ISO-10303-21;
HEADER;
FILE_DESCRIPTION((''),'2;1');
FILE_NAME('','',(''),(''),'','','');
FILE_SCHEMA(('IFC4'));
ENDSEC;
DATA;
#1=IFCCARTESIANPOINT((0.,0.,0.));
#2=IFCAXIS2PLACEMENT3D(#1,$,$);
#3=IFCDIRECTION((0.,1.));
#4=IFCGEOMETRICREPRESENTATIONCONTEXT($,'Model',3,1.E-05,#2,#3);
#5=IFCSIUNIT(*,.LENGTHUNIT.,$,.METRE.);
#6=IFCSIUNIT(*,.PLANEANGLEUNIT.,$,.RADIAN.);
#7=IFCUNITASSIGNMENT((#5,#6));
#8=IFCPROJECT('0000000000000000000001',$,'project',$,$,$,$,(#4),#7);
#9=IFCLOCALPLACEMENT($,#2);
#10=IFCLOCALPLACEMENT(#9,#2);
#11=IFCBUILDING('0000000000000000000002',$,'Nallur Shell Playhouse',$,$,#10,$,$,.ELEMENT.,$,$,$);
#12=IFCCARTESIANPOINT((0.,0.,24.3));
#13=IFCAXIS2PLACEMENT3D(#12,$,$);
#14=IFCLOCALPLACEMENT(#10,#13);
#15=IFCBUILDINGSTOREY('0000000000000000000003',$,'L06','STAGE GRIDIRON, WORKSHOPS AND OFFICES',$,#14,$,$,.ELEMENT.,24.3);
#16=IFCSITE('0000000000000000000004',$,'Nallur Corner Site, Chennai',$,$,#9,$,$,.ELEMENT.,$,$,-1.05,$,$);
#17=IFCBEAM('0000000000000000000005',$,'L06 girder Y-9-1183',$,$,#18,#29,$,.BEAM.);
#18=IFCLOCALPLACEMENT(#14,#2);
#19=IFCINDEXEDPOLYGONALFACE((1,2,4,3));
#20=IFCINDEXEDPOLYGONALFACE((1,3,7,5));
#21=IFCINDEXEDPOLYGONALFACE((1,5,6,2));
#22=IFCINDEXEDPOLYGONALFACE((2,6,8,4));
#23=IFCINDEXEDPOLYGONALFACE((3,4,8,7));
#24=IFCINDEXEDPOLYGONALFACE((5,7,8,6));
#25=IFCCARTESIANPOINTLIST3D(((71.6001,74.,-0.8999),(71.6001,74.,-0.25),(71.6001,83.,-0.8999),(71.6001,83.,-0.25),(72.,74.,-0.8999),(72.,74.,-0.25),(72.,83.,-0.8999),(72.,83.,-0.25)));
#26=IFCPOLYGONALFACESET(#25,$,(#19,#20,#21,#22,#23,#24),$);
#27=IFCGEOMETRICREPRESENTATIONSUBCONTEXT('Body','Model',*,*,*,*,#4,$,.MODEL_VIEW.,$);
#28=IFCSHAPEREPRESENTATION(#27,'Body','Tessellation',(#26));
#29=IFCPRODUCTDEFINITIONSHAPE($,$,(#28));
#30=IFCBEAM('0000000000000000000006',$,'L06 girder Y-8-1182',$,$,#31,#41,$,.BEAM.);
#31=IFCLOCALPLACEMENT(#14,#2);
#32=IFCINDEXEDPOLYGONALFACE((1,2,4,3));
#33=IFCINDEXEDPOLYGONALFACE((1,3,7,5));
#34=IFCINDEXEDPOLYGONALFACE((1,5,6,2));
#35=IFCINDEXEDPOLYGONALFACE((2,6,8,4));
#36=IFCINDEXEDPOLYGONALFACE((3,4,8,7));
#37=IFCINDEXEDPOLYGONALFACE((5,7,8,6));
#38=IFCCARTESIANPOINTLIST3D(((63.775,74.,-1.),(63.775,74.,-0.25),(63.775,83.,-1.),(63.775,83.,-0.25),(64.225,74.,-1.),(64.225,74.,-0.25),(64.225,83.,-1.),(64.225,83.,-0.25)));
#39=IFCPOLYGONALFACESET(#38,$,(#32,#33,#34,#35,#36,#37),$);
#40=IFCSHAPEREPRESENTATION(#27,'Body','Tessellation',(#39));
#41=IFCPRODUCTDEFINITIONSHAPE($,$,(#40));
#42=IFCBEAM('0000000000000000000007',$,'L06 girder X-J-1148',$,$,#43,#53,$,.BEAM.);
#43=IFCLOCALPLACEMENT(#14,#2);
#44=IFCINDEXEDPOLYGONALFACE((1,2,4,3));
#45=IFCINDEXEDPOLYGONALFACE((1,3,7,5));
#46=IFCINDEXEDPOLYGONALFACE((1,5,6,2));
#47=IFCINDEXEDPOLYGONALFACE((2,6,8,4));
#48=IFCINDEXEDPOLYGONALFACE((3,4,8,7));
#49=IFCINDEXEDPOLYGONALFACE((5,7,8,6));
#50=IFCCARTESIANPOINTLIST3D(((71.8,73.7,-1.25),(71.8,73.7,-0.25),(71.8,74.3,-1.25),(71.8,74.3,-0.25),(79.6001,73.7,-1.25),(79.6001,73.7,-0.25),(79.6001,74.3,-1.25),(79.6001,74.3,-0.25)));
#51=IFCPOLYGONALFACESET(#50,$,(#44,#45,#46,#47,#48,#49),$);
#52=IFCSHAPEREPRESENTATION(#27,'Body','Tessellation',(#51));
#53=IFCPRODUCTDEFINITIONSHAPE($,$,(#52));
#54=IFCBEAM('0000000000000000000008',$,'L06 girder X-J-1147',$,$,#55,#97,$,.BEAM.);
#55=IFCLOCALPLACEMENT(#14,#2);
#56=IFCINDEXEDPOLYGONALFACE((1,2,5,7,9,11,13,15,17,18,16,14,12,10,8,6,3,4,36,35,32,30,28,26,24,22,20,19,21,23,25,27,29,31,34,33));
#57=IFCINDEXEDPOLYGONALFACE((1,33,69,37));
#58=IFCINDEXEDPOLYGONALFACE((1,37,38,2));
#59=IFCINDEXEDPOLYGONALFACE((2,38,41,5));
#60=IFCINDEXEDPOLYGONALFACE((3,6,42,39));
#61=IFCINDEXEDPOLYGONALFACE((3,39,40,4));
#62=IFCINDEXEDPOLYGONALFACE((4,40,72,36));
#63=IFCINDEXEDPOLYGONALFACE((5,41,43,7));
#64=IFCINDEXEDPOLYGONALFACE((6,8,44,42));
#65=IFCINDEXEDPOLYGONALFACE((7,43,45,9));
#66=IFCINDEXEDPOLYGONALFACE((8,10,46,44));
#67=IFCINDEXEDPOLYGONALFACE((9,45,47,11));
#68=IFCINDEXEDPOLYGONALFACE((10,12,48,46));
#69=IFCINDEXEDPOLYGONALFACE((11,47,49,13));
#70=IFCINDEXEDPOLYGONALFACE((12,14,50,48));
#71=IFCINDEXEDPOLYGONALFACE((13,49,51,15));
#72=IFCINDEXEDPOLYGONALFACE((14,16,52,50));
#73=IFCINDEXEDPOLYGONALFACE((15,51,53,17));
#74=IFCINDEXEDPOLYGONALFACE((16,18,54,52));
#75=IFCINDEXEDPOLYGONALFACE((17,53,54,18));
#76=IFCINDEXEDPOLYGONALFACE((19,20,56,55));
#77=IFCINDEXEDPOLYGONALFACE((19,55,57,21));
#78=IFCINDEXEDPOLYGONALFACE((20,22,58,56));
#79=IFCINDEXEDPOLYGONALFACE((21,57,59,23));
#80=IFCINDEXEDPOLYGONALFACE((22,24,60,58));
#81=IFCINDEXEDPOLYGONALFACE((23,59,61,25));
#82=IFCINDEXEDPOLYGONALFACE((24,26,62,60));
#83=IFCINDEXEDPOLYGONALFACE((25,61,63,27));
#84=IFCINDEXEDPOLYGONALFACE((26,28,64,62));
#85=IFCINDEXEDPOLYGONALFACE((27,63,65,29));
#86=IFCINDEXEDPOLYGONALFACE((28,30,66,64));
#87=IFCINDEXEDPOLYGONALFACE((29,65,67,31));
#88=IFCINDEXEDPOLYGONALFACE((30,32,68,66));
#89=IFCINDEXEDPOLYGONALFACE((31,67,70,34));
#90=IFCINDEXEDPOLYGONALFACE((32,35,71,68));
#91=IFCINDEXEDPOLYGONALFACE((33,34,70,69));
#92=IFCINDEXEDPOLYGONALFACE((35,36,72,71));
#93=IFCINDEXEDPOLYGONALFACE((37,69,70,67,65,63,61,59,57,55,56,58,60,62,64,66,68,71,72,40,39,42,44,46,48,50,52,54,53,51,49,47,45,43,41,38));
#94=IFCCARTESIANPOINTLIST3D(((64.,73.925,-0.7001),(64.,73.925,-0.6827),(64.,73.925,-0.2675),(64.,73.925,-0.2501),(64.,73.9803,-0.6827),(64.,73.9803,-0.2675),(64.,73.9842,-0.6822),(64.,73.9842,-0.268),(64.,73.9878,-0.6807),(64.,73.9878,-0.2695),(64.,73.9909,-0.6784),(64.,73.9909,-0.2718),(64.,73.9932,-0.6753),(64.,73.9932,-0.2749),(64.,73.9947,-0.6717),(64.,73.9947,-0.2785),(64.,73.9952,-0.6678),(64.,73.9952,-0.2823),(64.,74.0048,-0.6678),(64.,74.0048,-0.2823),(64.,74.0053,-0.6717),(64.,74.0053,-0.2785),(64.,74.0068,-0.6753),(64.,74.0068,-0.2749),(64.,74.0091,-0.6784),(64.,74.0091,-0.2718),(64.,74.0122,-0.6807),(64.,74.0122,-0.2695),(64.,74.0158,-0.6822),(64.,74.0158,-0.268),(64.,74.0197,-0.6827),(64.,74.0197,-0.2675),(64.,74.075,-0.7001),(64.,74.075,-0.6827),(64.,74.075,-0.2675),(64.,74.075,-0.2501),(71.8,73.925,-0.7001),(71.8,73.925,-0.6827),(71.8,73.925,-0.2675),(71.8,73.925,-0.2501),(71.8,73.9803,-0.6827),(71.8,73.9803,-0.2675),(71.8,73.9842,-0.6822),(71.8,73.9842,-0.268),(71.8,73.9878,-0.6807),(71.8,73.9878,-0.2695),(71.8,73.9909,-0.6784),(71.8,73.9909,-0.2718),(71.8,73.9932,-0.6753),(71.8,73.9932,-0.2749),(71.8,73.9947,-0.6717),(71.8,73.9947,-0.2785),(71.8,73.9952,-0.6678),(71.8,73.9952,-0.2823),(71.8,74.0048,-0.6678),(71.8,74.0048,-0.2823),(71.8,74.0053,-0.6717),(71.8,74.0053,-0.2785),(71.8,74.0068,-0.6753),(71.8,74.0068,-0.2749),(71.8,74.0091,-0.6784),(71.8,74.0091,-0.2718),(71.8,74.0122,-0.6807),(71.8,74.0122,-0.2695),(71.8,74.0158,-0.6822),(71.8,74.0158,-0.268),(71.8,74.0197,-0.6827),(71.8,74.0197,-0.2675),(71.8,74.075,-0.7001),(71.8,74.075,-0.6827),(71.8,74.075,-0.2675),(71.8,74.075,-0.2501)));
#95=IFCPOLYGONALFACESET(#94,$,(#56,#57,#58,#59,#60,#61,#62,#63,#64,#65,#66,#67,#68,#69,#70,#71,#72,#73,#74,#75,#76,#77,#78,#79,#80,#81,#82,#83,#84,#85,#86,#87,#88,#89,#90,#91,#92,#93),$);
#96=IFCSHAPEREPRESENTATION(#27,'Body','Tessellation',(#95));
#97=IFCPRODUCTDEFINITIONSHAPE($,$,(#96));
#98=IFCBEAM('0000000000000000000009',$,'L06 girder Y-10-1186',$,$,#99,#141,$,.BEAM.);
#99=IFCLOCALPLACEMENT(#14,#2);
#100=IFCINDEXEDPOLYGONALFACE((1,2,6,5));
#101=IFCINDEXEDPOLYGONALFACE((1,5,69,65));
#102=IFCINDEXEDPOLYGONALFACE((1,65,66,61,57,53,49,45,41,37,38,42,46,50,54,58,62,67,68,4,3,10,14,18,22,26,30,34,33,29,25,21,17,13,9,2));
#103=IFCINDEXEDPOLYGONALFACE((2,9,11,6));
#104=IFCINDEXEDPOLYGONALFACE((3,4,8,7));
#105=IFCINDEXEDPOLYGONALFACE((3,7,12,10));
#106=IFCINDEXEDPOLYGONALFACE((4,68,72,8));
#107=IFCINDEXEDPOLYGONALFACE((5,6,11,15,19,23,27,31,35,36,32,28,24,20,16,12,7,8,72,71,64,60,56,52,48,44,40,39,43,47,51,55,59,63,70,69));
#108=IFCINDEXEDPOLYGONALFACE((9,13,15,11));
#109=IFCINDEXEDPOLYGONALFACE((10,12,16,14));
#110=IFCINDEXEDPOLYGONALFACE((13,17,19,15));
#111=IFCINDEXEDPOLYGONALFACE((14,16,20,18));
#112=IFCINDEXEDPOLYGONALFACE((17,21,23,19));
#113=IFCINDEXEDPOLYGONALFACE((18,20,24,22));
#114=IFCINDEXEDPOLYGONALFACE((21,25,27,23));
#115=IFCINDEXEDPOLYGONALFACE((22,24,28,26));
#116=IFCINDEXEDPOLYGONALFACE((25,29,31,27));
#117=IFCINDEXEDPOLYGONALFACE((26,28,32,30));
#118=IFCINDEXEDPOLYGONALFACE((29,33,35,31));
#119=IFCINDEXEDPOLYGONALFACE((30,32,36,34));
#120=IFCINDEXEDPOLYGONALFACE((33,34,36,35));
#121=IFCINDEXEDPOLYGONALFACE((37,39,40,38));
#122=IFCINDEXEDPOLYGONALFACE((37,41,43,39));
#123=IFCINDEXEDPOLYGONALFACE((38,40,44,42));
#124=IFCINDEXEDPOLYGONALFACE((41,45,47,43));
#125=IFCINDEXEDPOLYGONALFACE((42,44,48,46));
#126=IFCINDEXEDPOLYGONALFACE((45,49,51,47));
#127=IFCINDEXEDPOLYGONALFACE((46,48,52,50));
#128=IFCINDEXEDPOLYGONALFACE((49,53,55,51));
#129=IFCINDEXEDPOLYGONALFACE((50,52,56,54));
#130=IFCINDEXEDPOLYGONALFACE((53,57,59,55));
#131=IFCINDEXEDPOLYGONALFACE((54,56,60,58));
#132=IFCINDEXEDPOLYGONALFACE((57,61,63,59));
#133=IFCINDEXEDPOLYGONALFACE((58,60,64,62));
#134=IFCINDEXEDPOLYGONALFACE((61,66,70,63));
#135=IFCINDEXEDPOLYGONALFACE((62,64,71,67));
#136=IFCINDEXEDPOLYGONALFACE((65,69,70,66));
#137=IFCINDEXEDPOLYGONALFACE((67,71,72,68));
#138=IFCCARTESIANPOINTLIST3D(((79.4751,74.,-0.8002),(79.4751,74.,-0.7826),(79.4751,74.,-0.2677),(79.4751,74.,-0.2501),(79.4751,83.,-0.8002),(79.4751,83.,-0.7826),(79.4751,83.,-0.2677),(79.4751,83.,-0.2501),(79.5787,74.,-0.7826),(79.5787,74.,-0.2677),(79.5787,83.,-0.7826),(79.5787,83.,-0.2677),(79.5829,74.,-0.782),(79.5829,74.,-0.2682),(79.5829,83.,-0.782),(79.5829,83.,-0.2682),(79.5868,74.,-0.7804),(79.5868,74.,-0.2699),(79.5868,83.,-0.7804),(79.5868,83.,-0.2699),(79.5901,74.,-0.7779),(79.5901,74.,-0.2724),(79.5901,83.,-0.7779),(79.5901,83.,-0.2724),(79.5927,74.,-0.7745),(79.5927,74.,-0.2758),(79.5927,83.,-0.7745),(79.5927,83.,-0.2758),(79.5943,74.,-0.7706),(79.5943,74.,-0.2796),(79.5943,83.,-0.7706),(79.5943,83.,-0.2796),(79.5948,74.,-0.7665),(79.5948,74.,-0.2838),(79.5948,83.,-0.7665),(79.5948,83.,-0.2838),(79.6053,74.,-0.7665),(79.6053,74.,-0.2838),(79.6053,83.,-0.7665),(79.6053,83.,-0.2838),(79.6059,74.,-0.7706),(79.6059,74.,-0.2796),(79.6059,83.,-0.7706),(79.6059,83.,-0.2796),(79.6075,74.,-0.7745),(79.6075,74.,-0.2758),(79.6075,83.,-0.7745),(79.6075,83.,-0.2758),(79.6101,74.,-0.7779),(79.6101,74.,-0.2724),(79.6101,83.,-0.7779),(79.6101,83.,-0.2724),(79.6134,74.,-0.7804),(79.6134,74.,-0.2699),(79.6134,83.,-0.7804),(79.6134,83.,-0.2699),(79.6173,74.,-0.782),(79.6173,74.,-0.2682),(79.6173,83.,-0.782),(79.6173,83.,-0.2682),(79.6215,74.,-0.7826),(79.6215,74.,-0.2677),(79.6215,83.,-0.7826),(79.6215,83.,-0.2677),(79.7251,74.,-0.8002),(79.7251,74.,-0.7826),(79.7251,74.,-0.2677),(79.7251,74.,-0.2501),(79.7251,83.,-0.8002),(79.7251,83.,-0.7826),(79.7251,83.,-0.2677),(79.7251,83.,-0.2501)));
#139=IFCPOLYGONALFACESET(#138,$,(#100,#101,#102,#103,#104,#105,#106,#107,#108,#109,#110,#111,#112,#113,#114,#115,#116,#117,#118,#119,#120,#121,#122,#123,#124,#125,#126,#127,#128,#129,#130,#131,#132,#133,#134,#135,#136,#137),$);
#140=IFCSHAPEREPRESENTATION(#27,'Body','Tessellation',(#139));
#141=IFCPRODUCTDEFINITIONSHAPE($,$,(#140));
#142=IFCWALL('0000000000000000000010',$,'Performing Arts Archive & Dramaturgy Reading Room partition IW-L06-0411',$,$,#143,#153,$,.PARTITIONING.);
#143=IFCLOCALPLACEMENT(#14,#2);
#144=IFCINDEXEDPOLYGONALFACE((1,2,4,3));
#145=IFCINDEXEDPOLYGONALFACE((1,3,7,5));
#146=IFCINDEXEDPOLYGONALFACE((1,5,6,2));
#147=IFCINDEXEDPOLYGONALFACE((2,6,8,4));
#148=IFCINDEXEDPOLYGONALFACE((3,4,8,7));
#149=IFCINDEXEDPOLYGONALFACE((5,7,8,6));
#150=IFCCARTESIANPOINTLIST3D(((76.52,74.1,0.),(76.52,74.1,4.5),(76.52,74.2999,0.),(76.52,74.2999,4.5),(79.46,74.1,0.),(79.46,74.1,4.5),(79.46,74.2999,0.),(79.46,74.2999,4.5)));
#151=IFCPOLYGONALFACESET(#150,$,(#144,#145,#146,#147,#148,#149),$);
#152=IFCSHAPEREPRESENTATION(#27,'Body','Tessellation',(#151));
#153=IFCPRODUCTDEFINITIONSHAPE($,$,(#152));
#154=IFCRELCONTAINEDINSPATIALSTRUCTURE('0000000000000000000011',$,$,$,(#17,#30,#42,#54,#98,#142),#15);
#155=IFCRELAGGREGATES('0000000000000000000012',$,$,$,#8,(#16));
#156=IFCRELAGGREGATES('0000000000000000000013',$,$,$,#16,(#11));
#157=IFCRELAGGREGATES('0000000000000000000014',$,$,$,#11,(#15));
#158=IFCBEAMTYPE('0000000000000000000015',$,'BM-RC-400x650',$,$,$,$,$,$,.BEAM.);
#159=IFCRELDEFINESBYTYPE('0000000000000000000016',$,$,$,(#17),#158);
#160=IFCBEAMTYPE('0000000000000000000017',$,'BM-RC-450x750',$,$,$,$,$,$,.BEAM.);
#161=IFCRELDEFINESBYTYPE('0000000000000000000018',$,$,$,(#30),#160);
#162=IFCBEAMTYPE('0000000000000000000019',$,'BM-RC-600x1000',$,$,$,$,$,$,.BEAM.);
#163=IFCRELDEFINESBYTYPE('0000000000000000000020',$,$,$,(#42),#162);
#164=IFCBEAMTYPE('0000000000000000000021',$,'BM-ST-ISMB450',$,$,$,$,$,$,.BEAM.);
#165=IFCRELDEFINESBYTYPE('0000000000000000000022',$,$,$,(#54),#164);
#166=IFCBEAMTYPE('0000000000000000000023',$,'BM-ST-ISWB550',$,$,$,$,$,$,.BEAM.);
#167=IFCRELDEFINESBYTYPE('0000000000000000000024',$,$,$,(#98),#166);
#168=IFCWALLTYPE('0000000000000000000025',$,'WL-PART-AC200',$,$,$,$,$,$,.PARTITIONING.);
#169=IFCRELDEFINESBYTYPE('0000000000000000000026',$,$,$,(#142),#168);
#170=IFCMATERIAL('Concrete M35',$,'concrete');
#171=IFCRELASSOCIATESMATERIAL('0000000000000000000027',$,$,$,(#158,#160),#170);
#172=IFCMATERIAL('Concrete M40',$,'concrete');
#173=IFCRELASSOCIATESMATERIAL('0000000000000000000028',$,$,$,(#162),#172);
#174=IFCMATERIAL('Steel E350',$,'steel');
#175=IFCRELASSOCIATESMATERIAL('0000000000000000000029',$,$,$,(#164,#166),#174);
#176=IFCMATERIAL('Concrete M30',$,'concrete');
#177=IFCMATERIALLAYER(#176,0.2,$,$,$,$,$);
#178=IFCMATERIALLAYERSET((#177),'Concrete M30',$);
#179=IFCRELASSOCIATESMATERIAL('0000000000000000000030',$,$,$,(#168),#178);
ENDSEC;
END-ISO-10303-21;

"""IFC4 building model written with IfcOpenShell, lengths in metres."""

from ifc_helpers import new_model, si_unit, direction, frame, frame_2d, origin, origin_2d, place, context, subcontext, project, spatial, rectangle, i_section, extrude, material, layer, layer_set, material_profile, profile_set, type_object, element, save


model = new_model("IFC4")

# Units and contexts
model_context = context("Model", 3, precision=1e-05, world=origin(), true_north=direction((0.0, 1.0)))
body_context = subcontext(model_context, "Body", "Model", "MODEL_VIEW")
ifc_project = project(units=[si_unit("LENGTHUNIT", "METRE"), si_unit("PLANEANGLEUNIT", "RADIAN")], contexts=[model_context])

# Site, building, storey
site_placement = place(None, origin())
site = spatial("IfcSite", under=ifc_project, at=site_placement, Name="Nallur Corner Site, Chennai", CompositionType="ELEMENT", RefElevation=-1.05)
building_placement = place(site_placement, origin())
building = spatial("IfcBuilding", under=site, at=building_placement, Name="Nallur Shell Playhouse", CompositionType="ELEMENT")
storey_placement = place(building_placement, frame((0.0, 0.0, 24.3)))
storey = spatial("IfcBuildingStorey", under=building, at=storey_placement, Name="L06", Description="STAGE GRIDIRON, WORKSHOPS AND OFFICES", CompositionType="ELEMENT", Elevation=24.3)

# Shared definitions
ifc_material_1 = material(Name="Steel E350", Category="steel")

# Beams
ifc_material_2 = material(Name="Concrete M35", Category="concrete")
ifc_material_profile_1 = material_profile(ifc_material_2, rectangle(XDim=0.3999, YDim=0.6499, at=origin_2d()), Name="RC 400x650")
ifc_profile_set_1 = profile_set([ifc_material_profile_1], Name="Concrete M35")
beam_type_1 = type_object("IfcBeamType", Name="BM-RC-400x650", PredefinedType="BEAM", material=ifc_profile_set_1)
beam_1_placement = place(storey_placement, frame((71.8, 74.0, -0.575), z_axis=(0.0, 1.0, 0.0), x_axis=(-1.0, 0.0, 0.0)))
element("IfcBeam", 1, at=beam_1_placement, inside=storey, type_object=beam_type_1, Name="L06 girder Y-9-1183", PredefinedType="BEAM", context=body_context, shape_type="SweptSolid", body=[
    extrude(rectangle(XDim=0.3999, YDim=0.6499, at=origin_2d()), origin(), (0.0, 0.0, 1.0), 9.0),
])
ifc_material_profile_2 = material_profile(ifc_material_2, rectangle(XDim=0.45, YDim=0.75, at=origin_2d()), Name="RC 450x750")
ifc_profile_set_2 = profile_set([ifc_material_profile_2], Name="Concrete M35")
beam_type_2 = type_object("IfcBeamType", Name="BM-RC-450x750", PredefinedType="BEAM", material=ifc_profile_set_2)
beam_2_placement = place(storey_placement, frame((64.0, 74.0, -0.625), z_axis=(0.0, 1.0, 0.0), x_axis=(-1.0, 0.0, 0.0)))
element("IfcBeam", 2, at=beam_2_placement, inside=storey, type_object=beam_type_2, Name="L06 girder Y-8-1182", PredefinedType="BEAM", context=body_context, shape_type="SweptSolid", body=[
    extrude(rectangle(XDim=0.45, YDim=0.75, at=origin_2d()), origin(), (0.0, 0.0, 1.0), 9.0),
])
ifc_material_3 = material(Name="Concrete M40", Category="concrete")
ifc_material_profile_3 = material_profile(ifc_material_3, rectangle(XDim=0.6001, YDim=1.0, at=origin_2d()), Name="RC 600x1000")
ifc_profile_set_3 = profile_set([ifc_material_profile_3], Name="Concrete M40")
beam_type_3 = type_object("IfcBeamType", Name="BM-RC-600x1000", PredefinedType="BEAM", material=ifc_profile_set_3)
beam_3_placement = place(storey_placement, frame((71.8, 74.0, -0.75), z_axis=(1.0, 0.0, 0.0), x_axis=(0.0, 1.0, 0.0)))
element("IfcBeam", 3, at=beam_3_placement, inside=storey, type_object=beam_type_3, Name="L06 girder X-J-1148", PredefinedType="BEAM", context=body_context, shape_type="SweptSolid", body=[
    extrude(rectangle(XDim=0.6001, YDim=1.0, at=origin_2d()), origin(), (0.0, 0.0, 1.0), 7.8),
])
ifc_material_profile_4 = material_profile(ifc_material_1, i_section(OverallWidth=0.1499, OverallDepth=0.45, WebThickness=0.0095, FlangeThickness=0.0173, FilletRadius=0.0149, at=origin_2d()), Name="ISMB 450")
ifc_profile_set_4 = profile_set([ifc_material_profile_4], Name="Steel E350")
beam_type_4 = type_object("IfcBeamType", Name="BM-ST-ISMB450", PredefinedType="BEAM", material=ifc_profile_set_4)
beam_4_placement = place(storey_placement, frame((64.0, 74.0, -0.4751), z_axis=(1.0, 0.0, 0.0), x_axis=(0.0, 1.0, 0.0)))
element("IfcBeam", 4, at=beam_4_placement, inside=storey, type_object=beam_type_4, Name="L06 girder X-J-1147", PredefinedType="BEAM", context=body_context, shape_type="SweptSolid", body=[
    extrude(i_section(OverallWidth=0.1499, OverallDepth=0.45, WebThickness=0.0095, FlangeThickness=0.0173, FilletRadius=0.0149, at=origin_2d()), origin(), (0.0, 0.0, 1.0), 7.8),
])
ifc_material_profile_5 = material_profile(ifc_material_1, i_section(OverallWidth=0.25, OverallDepth=0.55, WebThickness=0.0105, FlangeThickness=0.0176, FilletRadius=0.0161, at=origin_2d()), Name="ISWB 550")
ifc_profile_set_5 = profile_set([ifc_material_profile_5], Name="Steel E350")
beam_type_5 = type_object("IfcBeamType", Name="BM-ST-ISWB550", PredefinedType="BEAM", material=ifc_profile_set_5)
beam_5_placement = place(storey_placement, frame((79.6001, 74.0, -0.5251), z_axis=(0.0, 1.0, 0.0), x_axis=(-1.0, 0.0, 0.0)))
element("IfcBeam", 5, at=beam_5_placement, inside=storey, type_object=beam_type_5, Name="L06 girder Y-10-1186", PredefinedType="BEAM", context=body_context, shape_type="SweptSolid", body=[
    extrude(i_section(OverallWidth=0.25, OverallDepth=0.55, WebThickness=0.0105, FlangeThickness=0.0176, FilletRadius=0.0161, at=origin_2d()), origin(), (0.0, 0.0, 1.0), 9.0),
])

# Wall
ifc_material_4 = material(Name="Concrete M30", Category="concrete")
ifc_layer_1 = layer(ifc_material_4, 0.2)
ifc_layer_set_1 = layer_set([ifc_layer_1], Name="Concrete M30")
wall_type_1 = type_object("IfcWallType", Name="WL-PART-AC200", PredefinedType="PARTITIONING", material=ifc_layer_set_1)
wall_1_placement = place(storey_placement, frame((79.46, 74.2, 0.0), z_axis=(0.0, 0.0, 1.0), x_axis=(-1.0, 0.0, 0.0)))
element("IfcWall", 6, at=wall_1_placement, inside=storey, type_object=wall_type_1, Name="Performing Arts Archive & Dramaturgy Reading Room partition IW-L06-0411", PredefinedType="PARTITIONING", context=body_context, shape_type="SweptSolid", body=[
    extrude(rectangle(XDim=2.9399, YDim=0.2, at=frame_2d((1.47, 0.0))), origin(), (0.0, 0.0, 1.0), 4.5),
])

save(model, "model.ifc")
